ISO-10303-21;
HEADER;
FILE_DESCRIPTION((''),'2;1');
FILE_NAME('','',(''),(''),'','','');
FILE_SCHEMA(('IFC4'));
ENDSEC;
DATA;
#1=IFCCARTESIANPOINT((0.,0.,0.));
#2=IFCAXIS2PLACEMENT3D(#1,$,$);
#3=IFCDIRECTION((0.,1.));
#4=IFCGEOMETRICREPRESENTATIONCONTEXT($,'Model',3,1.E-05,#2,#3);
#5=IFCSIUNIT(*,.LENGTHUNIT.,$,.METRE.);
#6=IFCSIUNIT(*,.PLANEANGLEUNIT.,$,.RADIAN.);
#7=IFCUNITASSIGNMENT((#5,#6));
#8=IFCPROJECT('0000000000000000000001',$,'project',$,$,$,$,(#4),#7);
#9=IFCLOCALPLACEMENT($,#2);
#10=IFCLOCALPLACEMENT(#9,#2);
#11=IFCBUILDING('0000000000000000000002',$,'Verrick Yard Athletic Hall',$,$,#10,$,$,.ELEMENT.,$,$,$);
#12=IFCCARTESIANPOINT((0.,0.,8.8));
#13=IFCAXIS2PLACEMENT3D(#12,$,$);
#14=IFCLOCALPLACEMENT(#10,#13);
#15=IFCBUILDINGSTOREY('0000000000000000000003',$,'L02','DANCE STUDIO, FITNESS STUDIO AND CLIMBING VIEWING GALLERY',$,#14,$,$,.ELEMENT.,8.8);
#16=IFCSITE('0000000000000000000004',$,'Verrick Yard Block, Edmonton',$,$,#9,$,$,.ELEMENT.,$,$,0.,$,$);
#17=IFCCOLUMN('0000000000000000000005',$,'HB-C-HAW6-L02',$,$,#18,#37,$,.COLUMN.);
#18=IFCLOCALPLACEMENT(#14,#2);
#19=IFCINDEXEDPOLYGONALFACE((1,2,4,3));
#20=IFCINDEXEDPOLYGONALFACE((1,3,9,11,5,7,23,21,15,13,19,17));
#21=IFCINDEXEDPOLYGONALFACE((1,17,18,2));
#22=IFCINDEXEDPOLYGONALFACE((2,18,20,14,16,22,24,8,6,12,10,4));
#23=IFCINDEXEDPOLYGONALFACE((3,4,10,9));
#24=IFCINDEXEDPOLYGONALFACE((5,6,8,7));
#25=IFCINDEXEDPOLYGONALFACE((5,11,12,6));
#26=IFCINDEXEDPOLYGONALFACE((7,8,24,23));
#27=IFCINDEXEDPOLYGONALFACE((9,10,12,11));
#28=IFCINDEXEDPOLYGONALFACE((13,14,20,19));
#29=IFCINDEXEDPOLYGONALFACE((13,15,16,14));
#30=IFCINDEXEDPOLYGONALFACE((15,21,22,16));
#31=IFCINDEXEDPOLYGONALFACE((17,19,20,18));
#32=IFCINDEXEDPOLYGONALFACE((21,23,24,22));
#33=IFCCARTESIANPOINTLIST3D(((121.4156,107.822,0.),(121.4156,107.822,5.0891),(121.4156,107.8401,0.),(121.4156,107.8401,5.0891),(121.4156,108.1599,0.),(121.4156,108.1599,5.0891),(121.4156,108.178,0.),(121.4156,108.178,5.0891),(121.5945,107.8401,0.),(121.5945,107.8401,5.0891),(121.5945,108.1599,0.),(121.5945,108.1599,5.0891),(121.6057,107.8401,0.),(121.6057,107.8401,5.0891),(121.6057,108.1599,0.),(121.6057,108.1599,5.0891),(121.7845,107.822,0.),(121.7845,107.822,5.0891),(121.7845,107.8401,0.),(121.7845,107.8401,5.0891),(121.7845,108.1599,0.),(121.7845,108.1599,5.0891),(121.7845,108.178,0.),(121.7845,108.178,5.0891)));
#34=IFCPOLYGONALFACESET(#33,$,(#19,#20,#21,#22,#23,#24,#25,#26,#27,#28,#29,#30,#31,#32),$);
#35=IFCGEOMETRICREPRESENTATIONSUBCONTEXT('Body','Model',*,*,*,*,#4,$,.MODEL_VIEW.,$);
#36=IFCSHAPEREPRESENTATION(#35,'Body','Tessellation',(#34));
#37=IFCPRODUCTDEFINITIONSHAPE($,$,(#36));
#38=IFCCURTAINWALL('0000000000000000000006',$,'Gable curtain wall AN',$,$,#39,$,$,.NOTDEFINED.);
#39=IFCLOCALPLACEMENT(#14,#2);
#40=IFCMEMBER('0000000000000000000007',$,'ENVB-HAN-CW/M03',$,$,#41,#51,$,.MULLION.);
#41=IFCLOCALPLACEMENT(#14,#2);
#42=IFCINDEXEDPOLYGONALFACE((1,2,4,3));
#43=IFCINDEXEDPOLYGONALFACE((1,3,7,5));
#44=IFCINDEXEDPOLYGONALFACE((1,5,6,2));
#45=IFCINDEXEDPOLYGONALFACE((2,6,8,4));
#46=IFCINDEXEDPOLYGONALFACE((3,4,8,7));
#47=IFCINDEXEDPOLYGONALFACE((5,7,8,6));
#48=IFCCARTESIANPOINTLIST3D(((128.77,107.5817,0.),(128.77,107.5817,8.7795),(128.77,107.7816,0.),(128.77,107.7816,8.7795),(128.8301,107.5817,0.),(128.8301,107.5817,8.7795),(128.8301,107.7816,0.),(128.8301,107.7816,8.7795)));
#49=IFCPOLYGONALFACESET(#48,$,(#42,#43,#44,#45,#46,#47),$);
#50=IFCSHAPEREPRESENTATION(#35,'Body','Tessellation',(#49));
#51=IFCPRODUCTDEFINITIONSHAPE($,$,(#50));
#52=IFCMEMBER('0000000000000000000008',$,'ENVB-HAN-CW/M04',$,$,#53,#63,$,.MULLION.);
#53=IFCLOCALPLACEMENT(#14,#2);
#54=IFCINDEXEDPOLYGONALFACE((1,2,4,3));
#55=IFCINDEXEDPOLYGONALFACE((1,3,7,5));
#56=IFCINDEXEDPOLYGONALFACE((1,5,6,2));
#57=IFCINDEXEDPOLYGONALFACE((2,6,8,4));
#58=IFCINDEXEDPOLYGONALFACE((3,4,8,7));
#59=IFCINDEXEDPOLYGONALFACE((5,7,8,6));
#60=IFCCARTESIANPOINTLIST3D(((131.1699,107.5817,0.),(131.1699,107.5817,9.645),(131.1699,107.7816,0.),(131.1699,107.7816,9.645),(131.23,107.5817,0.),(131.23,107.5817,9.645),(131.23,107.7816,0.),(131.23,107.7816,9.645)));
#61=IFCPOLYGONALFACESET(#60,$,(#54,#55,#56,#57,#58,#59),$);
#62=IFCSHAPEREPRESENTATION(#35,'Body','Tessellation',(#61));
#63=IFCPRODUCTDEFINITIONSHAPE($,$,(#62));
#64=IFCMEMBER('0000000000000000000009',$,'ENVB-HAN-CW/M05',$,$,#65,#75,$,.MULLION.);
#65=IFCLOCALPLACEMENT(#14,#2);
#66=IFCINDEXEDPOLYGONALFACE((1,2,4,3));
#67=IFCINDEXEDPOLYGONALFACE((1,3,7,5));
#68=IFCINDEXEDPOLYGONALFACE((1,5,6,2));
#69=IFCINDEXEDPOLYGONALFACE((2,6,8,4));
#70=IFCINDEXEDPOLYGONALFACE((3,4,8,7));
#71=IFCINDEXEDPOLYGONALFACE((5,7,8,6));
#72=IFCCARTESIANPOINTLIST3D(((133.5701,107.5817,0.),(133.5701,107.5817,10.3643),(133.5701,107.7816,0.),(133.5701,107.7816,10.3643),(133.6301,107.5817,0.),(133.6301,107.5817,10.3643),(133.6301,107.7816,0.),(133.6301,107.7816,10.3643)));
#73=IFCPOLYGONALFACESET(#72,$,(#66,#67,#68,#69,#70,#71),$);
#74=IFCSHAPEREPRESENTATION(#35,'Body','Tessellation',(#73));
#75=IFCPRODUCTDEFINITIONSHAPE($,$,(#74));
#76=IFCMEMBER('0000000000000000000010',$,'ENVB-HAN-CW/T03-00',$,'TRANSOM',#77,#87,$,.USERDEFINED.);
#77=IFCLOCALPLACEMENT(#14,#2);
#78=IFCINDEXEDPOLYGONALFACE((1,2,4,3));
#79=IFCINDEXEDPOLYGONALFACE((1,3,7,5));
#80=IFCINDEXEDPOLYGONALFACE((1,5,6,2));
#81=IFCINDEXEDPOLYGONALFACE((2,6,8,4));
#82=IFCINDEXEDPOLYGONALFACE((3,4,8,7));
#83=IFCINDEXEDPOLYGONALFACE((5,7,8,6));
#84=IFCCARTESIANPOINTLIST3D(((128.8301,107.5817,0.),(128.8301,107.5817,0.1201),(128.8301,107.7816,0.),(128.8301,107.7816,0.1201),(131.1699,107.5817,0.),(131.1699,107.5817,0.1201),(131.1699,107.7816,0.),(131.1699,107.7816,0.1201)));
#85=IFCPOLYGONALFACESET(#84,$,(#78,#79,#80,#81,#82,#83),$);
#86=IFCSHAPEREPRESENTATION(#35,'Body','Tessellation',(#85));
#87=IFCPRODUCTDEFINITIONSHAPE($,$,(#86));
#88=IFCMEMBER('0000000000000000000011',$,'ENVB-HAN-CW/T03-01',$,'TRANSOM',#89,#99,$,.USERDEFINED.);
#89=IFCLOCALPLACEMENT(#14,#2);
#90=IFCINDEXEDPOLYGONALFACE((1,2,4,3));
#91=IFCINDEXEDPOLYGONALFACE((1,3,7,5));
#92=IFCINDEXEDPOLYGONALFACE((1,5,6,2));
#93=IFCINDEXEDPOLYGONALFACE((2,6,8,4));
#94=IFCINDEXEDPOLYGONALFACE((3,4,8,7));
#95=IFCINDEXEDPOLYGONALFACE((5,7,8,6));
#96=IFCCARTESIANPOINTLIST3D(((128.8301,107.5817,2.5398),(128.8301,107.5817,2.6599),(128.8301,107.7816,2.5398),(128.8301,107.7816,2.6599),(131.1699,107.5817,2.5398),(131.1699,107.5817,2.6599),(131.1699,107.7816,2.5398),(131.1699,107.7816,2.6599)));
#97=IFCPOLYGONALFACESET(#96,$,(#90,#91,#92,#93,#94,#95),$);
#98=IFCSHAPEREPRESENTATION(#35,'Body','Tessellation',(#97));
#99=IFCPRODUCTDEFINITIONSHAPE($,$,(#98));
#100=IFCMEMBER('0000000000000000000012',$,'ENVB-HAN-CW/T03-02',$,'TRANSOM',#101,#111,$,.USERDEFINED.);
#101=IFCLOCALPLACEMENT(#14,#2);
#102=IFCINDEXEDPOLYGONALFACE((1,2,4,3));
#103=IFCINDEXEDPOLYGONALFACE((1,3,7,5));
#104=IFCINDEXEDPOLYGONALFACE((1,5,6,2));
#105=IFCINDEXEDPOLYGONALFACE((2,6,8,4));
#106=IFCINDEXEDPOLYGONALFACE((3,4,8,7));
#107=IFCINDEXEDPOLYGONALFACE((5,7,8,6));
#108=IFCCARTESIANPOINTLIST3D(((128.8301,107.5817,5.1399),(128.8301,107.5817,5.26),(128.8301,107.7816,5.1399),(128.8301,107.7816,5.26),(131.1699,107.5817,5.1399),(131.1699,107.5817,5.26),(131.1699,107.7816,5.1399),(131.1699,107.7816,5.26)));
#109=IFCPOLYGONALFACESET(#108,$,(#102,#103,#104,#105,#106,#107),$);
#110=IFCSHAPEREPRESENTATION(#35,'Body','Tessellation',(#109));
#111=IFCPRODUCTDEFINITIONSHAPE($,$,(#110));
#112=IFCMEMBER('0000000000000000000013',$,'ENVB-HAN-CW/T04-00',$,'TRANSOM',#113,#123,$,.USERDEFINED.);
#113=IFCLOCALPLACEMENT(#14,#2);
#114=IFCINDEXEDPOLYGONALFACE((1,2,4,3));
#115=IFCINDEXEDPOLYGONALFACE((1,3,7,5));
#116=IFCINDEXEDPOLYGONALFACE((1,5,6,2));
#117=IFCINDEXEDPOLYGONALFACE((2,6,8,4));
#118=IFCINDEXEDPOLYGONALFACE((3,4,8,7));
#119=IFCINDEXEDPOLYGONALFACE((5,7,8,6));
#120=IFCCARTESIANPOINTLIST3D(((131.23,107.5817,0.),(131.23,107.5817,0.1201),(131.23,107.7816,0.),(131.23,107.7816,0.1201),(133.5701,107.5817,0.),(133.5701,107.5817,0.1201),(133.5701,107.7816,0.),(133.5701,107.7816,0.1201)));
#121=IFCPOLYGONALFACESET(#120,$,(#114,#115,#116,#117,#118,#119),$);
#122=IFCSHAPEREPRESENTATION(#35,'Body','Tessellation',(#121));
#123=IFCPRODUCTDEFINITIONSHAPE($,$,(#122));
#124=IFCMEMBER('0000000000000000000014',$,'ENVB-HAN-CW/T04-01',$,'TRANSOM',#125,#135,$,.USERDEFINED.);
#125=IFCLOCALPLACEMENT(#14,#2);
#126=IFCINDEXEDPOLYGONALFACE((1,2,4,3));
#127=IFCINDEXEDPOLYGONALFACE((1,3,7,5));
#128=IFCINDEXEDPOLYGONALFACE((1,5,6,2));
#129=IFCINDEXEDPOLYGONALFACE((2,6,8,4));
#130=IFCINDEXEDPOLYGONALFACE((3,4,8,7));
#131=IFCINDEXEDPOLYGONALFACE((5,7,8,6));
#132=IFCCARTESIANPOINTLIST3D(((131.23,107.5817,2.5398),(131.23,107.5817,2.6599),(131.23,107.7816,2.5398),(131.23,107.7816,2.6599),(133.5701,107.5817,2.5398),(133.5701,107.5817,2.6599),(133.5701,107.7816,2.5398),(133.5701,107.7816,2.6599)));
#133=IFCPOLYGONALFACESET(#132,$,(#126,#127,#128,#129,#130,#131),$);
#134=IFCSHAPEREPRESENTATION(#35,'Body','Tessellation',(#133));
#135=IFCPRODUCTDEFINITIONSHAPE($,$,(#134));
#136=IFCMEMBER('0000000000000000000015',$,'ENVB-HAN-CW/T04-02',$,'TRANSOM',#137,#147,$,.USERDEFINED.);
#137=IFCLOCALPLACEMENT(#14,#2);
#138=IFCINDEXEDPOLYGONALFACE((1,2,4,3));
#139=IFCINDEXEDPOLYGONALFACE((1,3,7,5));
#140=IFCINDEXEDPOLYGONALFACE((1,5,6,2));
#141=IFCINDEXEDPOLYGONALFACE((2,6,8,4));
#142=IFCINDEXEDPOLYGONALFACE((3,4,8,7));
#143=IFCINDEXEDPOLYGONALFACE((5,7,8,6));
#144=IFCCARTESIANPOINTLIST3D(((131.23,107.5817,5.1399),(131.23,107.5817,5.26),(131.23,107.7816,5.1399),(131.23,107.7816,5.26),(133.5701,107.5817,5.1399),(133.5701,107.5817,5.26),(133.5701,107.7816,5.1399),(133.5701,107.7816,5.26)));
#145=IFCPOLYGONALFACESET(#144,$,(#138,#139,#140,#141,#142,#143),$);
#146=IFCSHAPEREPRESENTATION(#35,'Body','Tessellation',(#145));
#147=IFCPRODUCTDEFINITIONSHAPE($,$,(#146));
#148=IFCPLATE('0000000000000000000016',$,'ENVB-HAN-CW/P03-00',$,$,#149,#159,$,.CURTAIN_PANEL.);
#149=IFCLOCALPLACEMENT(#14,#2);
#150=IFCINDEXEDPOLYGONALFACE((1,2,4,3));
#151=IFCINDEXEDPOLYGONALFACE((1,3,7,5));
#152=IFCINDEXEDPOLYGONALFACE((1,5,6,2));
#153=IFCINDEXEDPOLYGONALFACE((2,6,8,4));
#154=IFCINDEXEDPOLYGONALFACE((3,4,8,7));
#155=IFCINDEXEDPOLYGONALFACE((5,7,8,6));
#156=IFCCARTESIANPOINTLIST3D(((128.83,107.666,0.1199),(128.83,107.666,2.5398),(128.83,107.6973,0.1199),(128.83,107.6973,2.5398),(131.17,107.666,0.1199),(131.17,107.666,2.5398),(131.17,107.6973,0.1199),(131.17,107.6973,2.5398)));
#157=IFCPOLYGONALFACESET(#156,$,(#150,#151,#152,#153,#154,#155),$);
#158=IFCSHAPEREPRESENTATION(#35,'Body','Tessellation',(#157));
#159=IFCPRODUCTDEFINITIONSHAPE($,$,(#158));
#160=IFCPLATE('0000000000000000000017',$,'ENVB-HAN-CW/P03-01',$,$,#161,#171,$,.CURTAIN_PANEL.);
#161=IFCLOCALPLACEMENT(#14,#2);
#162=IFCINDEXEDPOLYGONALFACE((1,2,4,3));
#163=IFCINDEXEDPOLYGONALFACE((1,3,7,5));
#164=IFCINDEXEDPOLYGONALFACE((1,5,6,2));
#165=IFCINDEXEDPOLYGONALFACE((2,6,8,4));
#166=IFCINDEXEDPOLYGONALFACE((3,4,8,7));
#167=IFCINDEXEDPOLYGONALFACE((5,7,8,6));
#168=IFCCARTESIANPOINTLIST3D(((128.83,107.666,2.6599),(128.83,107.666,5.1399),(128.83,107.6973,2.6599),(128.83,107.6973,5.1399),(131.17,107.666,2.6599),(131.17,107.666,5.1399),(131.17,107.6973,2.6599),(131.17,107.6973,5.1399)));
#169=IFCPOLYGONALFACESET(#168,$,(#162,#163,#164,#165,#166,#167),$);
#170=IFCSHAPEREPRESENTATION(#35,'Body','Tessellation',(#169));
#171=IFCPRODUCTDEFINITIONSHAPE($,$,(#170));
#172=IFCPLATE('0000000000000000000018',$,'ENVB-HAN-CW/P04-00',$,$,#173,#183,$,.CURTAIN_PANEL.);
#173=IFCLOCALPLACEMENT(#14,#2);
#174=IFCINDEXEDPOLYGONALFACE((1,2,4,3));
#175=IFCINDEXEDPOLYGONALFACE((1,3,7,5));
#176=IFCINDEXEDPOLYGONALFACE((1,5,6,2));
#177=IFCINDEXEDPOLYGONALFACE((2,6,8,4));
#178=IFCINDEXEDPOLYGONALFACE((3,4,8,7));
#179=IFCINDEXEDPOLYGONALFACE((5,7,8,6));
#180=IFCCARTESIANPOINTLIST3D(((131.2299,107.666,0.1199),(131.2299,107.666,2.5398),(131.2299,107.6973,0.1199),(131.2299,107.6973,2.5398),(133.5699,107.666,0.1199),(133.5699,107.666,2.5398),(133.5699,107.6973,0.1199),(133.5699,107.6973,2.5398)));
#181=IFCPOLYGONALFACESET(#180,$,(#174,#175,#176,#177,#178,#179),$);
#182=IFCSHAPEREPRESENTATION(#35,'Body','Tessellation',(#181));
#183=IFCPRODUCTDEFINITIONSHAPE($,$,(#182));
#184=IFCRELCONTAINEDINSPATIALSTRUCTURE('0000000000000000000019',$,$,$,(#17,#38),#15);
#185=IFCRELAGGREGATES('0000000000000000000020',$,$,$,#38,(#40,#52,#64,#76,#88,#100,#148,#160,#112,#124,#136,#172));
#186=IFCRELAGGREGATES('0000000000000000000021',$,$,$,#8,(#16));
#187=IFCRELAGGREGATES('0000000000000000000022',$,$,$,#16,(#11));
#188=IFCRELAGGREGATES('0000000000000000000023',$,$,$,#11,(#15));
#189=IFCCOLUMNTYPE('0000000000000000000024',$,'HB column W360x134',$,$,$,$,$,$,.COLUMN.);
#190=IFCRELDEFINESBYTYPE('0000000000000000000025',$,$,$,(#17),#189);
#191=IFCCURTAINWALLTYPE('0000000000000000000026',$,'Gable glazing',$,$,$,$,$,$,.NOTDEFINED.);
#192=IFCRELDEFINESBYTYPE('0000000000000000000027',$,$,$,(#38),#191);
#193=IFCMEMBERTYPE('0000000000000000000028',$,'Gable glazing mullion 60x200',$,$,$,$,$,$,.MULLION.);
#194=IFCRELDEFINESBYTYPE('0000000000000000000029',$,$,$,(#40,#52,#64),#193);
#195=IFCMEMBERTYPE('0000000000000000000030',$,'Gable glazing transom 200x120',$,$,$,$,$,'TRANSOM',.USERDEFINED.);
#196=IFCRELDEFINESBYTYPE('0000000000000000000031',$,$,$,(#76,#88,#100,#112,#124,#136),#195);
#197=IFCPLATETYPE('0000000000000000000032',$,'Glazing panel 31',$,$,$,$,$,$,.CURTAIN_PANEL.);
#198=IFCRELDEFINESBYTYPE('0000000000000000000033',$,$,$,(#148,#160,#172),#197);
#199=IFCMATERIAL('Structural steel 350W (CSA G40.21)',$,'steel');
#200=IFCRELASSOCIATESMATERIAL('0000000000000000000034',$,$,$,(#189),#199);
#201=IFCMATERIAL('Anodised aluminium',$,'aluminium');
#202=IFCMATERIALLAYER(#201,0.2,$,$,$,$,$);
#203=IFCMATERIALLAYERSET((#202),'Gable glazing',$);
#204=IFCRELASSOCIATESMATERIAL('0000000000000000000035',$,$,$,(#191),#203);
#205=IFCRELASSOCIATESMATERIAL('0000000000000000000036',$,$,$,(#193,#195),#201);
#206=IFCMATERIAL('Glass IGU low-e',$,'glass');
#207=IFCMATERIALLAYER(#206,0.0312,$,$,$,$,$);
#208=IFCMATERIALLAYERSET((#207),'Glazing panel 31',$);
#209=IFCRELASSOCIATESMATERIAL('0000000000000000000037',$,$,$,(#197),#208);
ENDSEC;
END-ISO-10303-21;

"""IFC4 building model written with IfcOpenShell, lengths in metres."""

from ifc_helpers import new_model, si_unit, direction, frame, origin, origin_2d, place, context, subcontext, project, spatial, rectangle, i_section, extrude, material, layer, layer_set, material_profile, profile_set, type_object, element, aggregate, save


model = new_model("IFC4")

# Units and contexts
model_context = context("Model", 3, precision=1e-05, world=origin(), true_north=direction((0.0, 1.0)))
body_context = subcontext(model_context, "Body", "Model", "MODEL_VIEW")
ifc_project = project(units=[si_unit("LENGTHUNIT", "METRE"), si_unit("PLANEANGLEUNIT", "RADIAN")], contexts=[model_context])

# Site, building, storey
site_placement = place(None, origin())
site = spatial("IfcSite", under=ifc_project, at=site_placement, Name="Verrick Yard Block, Edmonton", CompositionType="ELEMENT", RefElevation=0.0)
building_placement = place(site_placement, origin())
building = spatial("IfcBuilding", under=site, at=building_placement, Name="Verrick Yard Athletic Hall", CompositionType="ELEMENT")
storey_placement = place(building_placement, frame((0.0, 0.0, 8.8)))
storey = spatial("IfcBuildingStorey", under=building, at=storey_placement, Name="L02", Description="DANCE STUDIO, FITNESS STUDIO AND CLIMBING VIEWING GALLERY", CompositionType="ELEMENT", Elevation=8.8)

# Column
ifc_material_1 = material(Name="Structural steel 350W (CSA G40.21)", Category="steel")
ifc_material_profile_1 = material_profile(ifc_material_1, i_section(OverallWidth=0.3689, OverallDepth=0.356, WebThickness=0.0112, FlangeThickness=0.0181, at=origin_2d()), Name="W360x134")
ifc_profile_set_1 = profile_set([ifc_material_profile_1], Name="Structural steel 350W (CSA G40.21)")
column_type = type_object("IfcColumnType", Name="HB column W360x134", PredefinedType="COLUMN", material=ifc_profile_set_1)
column_placement = place(storey_placement, frame((121.6001, 108.0, 0.0), z_axis=(0.0, 0.0, 1.0), x_axis=(1.0, 0.0, 0.0)))
element("IfcColumn", 1, at=column_placement, inside=storey, type_object=column_type, Name="HB-C-HAW6-L02", PredefinedType="COLUMN", context=body_context, shape_type="SweptSolid", body=[
    extrude(i_section(OverallWidth=0.3689, OverallDepth=0.356, WebThickness=0.0112, FlangeThickness=0.0181, at=origin_2d()), origin(), (0.0, 0.0, 1.0), 5.0891),
])

# Curtain wall, members, plates
ifc_material_2 = material(Name="Anodised aluminium", Category="aluminium")
ifc_layer_1 = layer(ifc_material_2, 0.2)
ifc_layer_set_1 = layer_set([ifc_layer_1], Name="Gable glazing")
curtain_wall_type = type_object("IfcCurtainWallType", Name="Gable glazing", PredefinedType="NOTDEFINED", material=ifc_layer_set_1)
curtain_wall_placement = place(storey_placement, origin())
curtain_wall = element("IfcCurtainWall", 2, at=curtain_wall_placement, inside=storey, type_object=curtain_wall_type, Name="Gable curtain wall AN", PredefinedType="NOTDEFINED")
ifc_material_profile_2 = material_profile(ifc_material_2, rectangle(XDim=0.2, YDim=0.0601, at=origin_2d()), Name="CW gable mullion 60x200")
ifc_profile_set_2 = profile_set([ifc_material_profile_2], Name="Anodised aluminium")
member_type_1 = type_object("IfcMemberType", Name="Gable glazing mullion 60x200", PredefinedType="MULLION", material=ifc_profile_set_2)
member_1_placement = place(storey_placement, frame((128.8, 107.6816, 0.0), z_axis=(0.0, 0.0, 1.0), x_axis=(0.0, 1.0, 0.0)))
member_1 = element("IfcMember", 3, at=member_1_placement, type_object=member_type_1, Name="ENVB-HAN-CW/M03", PredefinedType="MULLION", context=body_context, shape_type="SweptSolid", body=[
    extrude(rectangle(XDim=0.2, YDim=0.0601, at=origin_2d()), origin(), (0.0, 0.0, 1.0), 8.7795),
])
member_2_placement = place(storey_placement, frame((131.2, 107.6816, 0.0), z_axis=(0.0, 0.0, 1.0), x_axis=(0.0, 1.0, 0.0)))
member_2 = element("IfcMember", 4, at=member_2_placement, type_object=member_type_1, Name="ENVB-HAN-CW/M04", PredefinedType="MULLION", context=body_context, shape_type="SweptSolid", body=[
    extrude(rectangle(XDim=0.2, YDim=0.0601, at=origin_2d()), origin(), (0.0, 0.0, 1.0), 9.645),
])
member_3_placement = place(storey_placement, frame((133.6001, 107.6816, 0.0), z_axis=(0.0, 0.0, 1.0), x_axis=(0.0, 1.0, 0.0)))
member_3 = element("IfcMember", 5, at=member_3_placement, type_object=member_type_1, Name="ENVB-HAN-CW/M05", PredefinedType="MULLION", context=body_context, shape_type="SweptSolid", body=[
    extrude(rectangle(XDim=0.2, YDim=0.0601, at=origin_2d()), origin(), (0.0, 0.0, 1.0), 10.3643),
])
ifc_material_profile_3 = material_profile(ifc_material_2, rectangle(XDim=0.2, YDim=0.1201, at=origin_2d()), Name="CW gable transom 200x120")
ifc_profile_set_3 = profile_set([ifc_material_profile_3], Name="Anodised aluminium")
member_type_2 = type_object("IfcMemberType", Name="Gable glazing transom 200x120", ElementType="TRANSOM", PredefinedType="USERDEFINED", material=ifc_profile_set_3)
member_4_placement = place(storey_placement, frame((128.8301, 107.6816, 0.0601), z_axis=(1.0, 0.0, 0.0), x_axis=(0.0, 1.0, 0.0)))
member_4 = element("IfcMember", 6, at=member_4_placement, type_object=member_type_2, Name="ENVB-HAN-CW/T03-00", ObjectType="TRANSOM", PredefinedType="USERDEFINED", context=body_context, shape_type="SweptSolid", body=[
    extrude(rectangle(XDim=0.2, YDim=0.1201, at=origin_2d()), origin(), (0.0, 0.0, 1.0), 2.3398),
])
member_5_placement = place(storey_placement, frame((128.8301, 107.6816, 2.5999), z_axis=(1.0, 0.0, 0.0), x_axis=(0.0, 1.0, 0.0)))
member_5 = element("IfcMember", 7, at=member_5_placement, type_object=member_type_2, Name="ENVB-HAN-CW/T03-01", ObjectType="TRANSOM", PredefinedType="USERDEFINED", context=body_context, shape_type="SweptSolid", body=[
    extrude(rectangle(XDim=0.2, YDim=0.1201, at=origin_2d()), origin(), (0.0, 0.0, 1.0), 2.3398),
])
member_6_placement = place(storey_placement, frame((128.8301, 107.6816, 5.2), z_axis=(1.0, 0.0, 0.0), x_axis=(0.0, 1.0, 0.0)))
member_6 = element("IfcMember", 8, at=member_6_placement, type_object=member_type_2, Name="ENVB-HAN-CW/T03-02", ObjectType="TRANSOM", PredefinedType="USERDEFINED", context=body_context, shape_type="SweptSolid", body=[
    extrude(rectangle(XDim=0.2, YDim=0.1201, at=origin_2d()), origin(), (0.0, 0.0, 1.0), 2.3398),
])
member_7_placement = place(storey_placement, frame((131.23, 107.6816, 0.0601), z_axis=(1.0, 0.0, 0.0), x_axis=(0.0, 1.0, 0.0)))
member_7 = element("IfcMember", 9, at=member_7_placement, type_object=member_type_2, Name="ENVB-HAN-CW/T04-00", ObjectType="TRANSOM", PredefinedType="USERDEFINED", context=body_context, shape_type="SweptSolid", body=[
    extrude(rectangle(XDim=0.2, YDim=0.1201, at=origin_2d()), origin(), (0.0, 0.0, 1.0), 2.3401),
])
member_8_placement = place(storey_placement, frame((131.23, 107.6816, 2.5999), z_axis=(1.0, 0.0, 0.0), x_axis=(0.0, 1.0, 0.0)))
member_8 = element("IfcMember", 10, at=member_8_placement, type_object=member_type_2, Name="ENVB-HAN-CW/T04-01", ObjectType="TRANSOM", PredefinedType="USERDEFINED", context=body_context, shape_type="SweptSolid", body=[
    extrude(rectangle(XDim=0.2, YDim=0.1201, at=origin_2d()), origin(), (0.0, 0.0, 1.0), 2.3401),
])
member_9_placement = place(storey_placement, frame((131.23, 107.6816, 5.2), z_axis=(1.0, 0.0, 0.0), x_axis=(0.0, 1.0, 0.0)))
member_9 = element("IfcMember", 11, at=member_9_placement, type_object=member_type_2, Name="ENVB-HAN-CW/T04-02", ObjectType="TRANSOM", PredefinedType="USERDEFINED", context=body_context, shape_type="SweptSolid", body=[
    extrude(rectangle(XDim=0.2, YDim=0.1201, at=origin_2d()), origin(), (0.0, 0.0, 1.0), 2.3401),
])
ifc_material_3 = material(Name="Glass IGU low-e", Category="glass")
ifc_layer_2 = layer(ifc_material_3, 0.0312)
ifc_layer_set_2 = layer_set([ifc_layer_2], Name="Glazing panel 31")
plate_type = type_object("IfcPlateType", Name="Glazing panel 31", PredefinedType="CURTAIN_PANEL", material=ifc_layer_set_2)
plate_1_placement = place(storey_placement, frame((130.0, 107.6816, 0.1199), z_axis=(0.0, 0.0, 1.0), x_axis=(1.0, 0.0, 0.0)))
plate_1 = element("IfcPlate", 12, at=plate_1_placement, type_object=plate_type, Name="ENVB-HAN-CW/P03-00", PredefinedType="CURTAIN_PANEL", context=body_context, shape_type="SweptSolid", body=[
    extrude(rectangle(XDim=2.3401, YDim=0.0312, at=origin_2d()), origin(), (0.0, 0.0, 1.0), 2.4199),
])
plate_2_placement = place(storey_placement, frame((130.0, 107.6816, 2.6599), z_axis=(0.0, 0.0, 1.0), x_axis=(1.0, 0.0, 0.0)))
plate_2 = element("IfcPlate", 13, at=plate_2_placement, type_object=plate_type, Name="ENVB-HAN-CW/P03-01", PredefinedType="CURTAIN_PANEL", context=body_context, shape_type="SweptSolid", body=[
    extrude(rectangle(XDim=2.3401, YDim=0.0312, at=origin_2d()), origin(), (0.0, 0.0, 1.0), 2.48),
])
plate_3_placement = place(storey_placement, frame((132.3999, 107.6816, 0.1199), z_axis=(0.0, 0.0, 1.0), x_axis=(1.0, 0.0, 0.0)))
plate_3 = element("IfcPlate", 14, at=plate_3_placement, type_object=plate_type, Name="ENVB-HAN-CW/P04-00", PredefinedType="CURTAIN_PANEL", context=body_context, shape_type="SweptSolid", body=[
    extrude(rectangle(XDim=2.3401, YDim=0.0312, at=origin_2d()), origin(), (0.0, 0.0, 1.0), 2.4199),
])
aggregate(curtain_wall, [member_1, member_2, member_3, member_4, member_5, member_6, plate_1, plate_2, member_7, member_8, member_9, plate_3])

save(model, "model.ifc")
